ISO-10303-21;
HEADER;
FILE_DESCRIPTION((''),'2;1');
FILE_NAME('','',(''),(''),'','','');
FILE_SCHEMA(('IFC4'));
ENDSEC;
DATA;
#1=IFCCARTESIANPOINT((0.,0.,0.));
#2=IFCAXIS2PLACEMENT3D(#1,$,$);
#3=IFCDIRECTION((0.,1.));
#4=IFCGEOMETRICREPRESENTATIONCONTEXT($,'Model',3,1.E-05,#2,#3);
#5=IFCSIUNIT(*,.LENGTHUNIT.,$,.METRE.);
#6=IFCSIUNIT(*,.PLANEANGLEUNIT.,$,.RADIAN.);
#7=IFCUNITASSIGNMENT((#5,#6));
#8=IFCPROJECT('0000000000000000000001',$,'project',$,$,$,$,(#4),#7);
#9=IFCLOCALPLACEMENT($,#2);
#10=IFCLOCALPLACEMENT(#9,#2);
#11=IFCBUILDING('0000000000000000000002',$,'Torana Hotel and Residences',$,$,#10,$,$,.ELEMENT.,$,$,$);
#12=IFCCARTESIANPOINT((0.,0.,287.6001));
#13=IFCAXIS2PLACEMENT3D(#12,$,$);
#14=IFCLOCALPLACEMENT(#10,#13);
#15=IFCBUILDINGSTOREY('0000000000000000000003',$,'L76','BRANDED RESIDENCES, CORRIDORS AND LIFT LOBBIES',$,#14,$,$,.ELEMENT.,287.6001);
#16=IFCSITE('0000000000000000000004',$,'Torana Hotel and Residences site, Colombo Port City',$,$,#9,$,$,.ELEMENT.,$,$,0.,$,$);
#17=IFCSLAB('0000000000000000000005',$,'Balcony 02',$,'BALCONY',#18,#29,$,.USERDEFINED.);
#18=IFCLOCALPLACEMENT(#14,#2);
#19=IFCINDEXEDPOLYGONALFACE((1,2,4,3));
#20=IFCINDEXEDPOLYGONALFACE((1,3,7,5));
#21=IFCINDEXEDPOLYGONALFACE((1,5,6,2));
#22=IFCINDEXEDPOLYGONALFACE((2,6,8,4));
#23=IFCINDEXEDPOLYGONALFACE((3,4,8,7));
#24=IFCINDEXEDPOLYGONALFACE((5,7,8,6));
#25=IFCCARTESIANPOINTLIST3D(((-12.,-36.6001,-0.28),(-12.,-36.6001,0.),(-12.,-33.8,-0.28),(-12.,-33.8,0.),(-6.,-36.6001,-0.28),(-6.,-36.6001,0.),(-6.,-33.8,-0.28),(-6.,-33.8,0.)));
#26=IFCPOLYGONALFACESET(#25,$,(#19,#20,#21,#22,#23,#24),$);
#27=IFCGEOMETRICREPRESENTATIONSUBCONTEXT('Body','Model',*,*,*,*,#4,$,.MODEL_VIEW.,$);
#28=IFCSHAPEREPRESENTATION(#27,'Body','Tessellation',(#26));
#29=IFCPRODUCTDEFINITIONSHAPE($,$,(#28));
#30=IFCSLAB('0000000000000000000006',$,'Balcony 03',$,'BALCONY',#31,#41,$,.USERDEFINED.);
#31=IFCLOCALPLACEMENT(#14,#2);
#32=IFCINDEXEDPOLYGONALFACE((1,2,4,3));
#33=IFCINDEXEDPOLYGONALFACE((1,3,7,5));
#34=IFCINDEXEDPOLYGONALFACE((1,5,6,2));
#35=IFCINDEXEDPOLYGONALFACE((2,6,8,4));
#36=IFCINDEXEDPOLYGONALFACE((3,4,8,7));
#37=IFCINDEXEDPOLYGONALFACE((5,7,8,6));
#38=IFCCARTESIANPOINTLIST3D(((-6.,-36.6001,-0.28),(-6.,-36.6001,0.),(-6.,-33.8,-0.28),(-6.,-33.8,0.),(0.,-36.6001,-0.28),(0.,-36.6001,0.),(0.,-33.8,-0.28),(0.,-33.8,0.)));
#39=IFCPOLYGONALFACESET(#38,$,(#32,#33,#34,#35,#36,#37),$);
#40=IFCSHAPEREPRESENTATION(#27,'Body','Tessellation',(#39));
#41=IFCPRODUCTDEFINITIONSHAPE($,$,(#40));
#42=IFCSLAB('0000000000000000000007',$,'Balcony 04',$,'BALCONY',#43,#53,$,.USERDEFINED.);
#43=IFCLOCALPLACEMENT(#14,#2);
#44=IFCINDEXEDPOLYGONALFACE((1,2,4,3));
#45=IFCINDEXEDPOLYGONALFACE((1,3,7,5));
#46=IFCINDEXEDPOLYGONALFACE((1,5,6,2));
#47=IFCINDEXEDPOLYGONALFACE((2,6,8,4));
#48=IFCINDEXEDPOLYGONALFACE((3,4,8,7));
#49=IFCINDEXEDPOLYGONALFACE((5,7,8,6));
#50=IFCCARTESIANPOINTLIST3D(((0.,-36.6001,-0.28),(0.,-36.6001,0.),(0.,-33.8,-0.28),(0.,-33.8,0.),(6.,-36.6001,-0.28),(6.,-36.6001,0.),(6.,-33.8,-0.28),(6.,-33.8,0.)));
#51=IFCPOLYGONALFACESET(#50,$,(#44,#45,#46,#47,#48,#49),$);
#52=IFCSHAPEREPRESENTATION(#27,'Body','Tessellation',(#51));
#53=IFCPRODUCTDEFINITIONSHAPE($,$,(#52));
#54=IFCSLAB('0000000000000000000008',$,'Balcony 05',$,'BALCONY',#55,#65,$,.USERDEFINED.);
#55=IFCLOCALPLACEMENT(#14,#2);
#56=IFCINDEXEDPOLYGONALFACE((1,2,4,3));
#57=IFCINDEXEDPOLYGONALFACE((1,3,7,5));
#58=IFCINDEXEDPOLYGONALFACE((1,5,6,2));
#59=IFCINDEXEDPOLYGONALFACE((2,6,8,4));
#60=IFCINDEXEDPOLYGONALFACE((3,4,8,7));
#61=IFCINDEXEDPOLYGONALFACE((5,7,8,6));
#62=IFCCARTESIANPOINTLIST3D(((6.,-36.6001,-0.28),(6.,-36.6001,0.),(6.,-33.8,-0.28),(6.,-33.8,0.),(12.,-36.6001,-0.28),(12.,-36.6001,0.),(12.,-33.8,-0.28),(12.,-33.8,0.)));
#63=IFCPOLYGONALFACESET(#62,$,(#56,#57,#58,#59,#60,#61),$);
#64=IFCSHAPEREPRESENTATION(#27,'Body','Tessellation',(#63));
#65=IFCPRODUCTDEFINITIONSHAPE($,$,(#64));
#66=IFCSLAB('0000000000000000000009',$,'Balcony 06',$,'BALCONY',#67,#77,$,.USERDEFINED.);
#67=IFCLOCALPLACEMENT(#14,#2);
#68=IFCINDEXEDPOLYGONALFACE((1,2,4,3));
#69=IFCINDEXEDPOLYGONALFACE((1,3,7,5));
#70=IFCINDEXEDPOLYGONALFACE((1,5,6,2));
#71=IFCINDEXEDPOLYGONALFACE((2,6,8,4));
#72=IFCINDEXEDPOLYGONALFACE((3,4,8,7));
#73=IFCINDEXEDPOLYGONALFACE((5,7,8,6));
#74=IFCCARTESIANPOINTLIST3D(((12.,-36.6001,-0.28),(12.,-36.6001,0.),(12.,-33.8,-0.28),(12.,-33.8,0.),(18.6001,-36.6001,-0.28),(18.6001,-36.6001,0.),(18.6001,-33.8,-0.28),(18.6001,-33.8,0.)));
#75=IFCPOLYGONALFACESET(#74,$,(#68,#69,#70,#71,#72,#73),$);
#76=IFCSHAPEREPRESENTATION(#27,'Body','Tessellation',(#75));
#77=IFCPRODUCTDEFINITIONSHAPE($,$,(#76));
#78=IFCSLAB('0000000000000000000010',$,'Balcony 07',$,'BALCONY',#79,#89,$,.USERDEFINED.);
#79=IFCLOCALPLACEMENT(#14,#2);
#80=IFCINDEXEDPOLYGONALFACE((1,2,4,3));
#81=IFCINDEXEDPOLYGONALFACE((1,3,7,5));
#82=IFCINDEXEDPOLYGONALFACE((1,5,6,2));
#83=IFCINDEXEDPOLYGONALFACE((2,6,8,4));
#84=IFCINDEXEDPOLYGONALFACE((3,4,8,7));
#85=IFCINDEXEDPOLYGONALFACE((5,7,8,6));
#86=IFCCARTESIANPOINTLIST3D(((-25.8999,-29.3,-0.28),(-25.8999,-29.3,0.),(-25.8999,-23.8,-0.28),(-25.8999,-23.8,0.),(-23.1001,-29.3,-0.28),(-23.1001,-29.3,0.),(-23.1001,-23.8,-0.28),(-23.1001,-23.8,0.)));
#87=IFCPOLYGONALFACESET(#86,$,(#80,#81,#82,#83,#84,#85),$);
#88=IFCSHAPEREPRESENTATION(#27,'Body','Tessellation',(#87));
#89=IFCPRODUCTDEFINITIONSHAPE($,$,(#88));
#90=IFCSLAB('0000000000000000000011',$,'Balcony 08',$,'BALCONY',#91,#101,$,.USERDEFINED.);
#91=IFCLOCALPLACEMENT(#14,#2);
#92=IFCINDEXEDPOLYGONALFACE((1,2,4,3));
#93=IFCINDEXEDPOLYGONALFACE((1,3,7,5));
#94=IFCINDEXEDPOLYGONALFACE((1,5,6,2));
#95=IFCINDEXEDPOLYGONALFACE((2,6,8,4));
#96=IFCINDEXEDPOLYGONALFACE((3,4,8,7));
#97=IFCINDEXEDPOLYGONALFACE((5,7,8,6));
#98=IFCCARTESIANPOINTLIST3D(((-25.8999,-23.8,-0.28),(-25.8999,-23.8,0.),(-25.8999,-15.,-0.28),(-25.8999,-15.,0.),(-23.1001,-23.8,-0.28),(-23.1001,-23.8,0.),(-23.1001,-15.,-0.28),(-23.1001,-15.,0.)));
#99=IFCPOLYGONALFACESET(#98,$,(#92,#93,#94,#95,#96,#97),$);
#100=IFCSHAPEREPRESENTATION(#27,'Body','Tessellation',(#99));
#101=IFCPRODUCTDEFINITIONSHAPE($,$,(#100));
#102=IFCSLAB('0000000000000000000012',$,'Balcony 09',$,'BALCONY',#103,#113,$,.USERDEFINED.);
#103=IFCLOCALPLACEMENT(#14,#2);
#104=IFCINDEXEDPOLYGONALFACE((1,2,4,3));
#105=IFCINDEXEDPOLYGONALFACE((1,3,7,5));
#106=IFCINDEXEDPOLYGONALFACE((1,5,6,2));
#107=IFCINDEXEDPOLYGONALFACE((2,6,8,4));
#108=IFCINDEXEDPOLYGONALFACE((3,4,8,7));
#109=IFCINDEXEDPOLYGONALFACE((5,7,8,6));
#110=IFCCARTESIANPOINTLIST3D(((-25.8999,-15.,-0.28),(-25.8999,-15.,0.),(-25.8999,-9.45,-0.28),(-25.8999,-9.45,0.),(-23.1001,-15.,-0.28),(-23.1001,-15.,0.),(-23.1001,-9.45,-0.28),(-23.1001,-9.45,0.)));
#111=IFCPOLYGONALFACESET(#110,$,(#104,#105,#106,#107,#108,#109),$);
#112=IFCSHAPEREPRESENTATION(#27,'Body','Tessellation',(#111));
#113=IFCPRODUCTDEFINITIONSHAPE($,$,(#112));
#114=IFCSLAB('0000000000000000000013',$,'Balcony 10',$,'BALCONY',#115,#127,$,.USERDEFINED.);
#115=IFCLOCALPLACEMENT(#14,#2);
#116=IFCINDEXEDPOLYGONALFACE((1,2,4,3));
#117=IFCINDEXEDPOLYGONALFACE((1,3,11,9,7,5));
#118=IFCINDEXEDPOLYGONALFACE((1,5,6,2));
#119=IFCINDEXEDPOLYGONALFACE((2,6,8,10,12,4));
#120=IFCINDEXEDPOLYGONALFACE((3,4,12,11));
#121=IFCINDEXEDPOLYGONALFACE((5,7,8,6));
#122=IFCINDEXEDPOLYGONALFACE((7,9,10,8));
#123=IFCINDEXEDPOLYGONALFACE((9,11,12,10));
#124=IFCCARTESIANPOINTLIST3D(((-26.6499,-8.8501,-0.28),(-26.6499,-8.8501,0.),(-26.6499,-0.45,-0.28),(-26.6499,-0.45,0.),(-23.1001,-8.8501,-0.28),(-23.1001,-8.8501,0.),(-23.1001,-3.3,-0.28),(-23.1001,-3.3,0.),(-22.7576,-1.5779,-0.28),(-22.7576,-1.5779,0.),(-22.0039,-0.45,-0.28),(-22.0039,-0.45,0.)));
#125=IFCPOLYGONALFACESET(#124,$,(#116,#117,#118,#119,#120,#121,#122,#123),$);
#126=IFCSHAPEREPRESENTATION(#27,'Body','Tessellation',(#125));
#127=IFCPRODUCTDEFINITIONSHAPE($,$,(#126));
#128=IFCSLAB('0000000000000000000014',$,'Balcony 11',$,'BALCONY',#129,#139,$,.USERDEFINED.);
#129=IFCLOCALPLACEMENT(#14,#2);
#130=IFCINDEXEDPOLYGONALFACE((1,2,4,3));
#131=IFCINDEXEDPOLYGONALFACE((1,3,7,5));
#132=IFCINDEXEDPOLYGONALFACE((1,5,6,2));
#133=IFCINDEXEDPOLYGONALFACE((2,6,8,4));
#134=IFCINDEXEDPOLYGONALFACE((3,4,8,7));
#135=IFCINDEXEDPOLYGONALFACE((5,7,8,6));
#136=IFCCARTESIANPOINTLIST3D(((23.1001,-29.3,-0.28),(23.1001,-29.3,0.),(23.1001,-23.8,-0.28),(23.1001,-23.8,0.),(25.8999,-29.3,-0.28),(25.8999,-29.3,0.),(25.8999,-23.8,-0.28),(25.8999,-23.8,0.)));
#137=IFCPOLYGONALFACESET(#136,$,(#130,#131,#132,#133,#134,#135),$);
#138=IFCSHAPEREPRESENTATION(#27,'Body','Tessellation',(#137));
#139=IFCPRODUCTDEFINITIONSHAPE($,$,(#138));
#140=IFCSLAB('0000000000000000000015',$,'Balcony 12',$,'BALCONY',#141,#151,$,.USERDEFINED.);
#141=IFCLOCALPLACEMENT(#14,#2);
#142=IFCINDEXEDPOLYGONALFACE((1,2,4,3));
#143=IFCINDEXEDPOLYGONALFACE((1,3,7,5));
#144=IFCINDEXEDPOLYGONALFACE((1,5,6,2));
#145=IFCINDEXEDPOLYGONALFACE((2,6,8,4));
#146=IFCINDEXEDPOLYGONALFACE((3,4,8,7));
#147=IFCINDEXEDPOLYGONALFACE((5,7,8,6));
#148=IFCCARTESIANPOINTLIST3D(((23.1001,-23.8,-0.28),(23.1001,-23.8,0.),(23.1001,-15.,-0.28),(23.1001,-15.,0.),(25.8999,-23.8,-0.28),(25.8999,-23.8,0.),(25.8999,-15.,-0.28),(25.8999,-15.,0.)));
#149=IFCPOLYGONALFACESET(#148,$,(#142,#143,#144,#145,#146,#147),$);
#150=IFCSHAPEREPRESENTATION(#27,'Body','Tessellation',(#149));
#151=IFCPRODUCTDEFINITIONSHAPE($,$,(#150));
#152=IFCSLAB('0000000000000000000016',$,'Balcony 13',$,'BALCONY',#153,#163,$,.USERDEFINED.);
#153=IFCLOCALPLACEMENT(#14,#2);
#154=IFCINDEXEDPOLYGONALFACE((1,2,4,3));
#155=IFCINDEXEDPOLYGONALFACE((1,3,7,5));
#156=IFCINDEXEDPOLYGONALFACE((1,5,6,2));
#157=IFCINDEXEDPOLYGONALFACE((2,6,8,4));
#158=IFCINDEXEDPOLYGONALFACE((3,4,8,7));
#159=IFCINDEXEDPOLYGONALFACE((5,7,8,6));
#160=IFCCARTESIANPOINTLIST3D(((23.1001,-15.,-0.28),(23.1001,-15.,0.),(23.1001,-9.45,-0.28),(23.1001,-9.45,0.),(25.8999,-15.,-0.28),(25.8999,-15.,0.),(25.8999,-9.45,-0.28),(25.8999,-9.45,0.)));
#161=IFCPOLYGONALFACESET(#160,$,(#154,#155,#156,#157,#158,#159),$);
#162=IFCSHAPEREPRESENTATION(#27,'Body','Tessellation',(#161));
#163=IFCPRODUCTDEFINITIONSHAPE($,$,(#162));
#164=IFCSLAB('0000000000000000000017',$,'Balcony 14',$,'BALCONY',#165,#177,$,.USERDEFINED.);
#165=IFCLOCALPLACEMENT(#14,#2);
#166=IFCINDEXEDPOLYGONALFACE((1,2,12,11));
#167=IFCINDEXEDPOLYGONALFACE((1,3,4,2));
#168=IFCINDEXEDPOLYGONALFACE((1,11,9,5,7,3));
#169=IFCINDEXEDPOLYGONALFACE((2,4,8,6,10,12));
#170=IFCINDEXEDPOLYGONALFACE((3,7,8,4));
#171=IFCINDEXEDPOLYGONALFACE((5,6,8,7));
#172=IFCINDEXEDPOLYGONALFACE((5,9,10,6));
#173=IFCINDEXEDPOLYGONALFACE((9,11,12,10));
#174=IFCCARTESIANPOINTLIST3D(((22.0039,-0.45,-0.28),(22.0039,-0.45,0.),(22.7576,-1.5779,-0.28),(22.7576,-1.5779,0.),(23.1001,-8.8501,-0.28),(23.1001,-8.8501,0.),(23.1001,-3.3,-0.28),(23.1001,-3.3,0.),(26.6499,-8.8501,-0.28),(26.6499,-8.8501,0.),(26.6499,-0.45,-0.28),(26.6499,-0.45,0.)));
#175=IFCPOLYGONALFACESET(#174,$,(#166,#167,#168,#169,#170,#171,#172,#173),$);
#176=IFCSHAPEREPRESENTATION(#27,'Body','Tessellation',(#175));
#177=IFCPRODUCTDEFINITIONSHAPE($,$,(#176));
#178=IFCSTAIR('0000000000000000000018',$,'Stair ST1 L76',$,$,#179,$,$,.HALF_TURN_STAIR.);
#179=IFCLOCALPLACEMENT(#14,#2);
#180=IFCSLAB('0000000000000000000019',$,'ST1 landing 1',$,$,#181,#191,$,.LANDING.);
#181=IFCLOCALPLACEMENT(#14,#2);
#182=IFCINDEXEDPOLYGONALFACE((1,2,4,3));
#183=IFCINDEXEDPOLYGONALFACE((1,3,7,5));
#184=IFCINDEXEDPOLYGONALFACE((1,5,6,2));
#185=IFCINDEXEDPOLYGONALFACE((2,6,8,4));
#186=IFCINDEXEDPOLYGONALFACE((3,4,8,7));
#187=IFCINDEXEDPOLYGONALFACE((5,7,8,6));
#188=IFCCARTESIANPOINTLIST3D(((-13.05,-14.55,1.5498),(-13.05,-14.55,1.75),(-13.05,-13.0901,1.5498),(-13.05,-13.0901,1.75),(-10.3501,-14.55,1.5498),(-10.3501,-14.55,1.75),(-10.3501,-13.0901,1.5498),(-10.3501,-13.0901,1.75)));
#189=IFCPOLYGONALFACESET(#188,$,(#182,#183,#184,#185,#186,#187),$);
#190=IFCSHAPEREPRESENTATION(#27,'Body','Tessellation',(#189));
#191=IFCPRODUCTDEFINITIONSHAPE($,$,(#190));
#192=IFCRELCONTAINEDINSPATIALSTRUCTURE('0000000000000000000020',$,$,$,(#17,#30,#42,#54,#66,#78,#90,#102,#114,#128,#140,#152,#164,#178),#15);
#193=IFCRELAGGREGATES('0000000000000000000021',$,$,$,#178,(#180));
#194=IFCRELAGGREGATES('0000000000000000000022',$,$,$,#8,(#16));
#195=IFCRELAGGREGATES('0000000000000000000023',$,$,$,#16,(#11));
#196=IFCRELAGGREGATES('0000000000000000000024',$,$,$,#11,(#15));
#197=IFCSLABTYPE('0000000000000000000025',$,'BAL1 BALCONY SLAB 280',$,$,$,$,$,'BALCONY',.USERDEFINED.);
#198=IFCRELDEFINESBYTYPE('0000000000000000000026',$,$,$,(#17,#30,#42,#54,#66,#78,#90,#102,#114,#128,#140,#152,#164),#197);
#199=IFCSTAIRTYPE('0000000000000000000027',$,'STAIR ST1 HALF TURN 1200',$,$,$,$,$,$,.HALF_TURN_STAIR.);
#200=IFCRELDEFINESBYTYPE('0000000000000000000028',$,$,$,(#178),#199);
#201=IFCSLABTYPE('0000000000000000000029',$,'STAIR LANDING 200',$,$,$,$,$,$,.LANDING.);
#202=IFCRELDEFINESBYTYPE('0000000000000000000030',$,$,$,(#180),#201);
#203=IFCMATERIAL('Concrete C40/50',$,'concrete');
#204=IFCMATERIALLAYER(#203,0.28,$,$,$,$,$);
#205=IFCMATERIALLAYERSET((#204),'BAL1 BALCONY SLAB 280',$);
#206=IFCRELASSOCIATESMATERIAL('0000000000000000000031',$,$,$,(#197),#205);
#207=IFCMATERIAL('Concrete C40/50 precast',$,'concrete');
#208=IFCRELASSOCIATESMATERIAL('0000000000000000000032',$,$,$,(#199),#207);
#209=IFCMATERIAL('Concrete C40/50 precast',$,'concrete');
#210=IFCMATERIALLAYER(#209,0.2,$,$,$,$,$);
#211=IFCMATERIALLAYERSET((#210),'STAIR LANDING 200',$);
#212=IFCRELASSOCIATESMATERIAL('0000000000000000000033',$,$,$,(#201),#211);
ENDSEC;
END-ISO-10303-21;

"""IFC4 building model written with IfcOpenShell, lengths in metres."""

from ifc_helpers import new_model, si_unit, direction, frame, origin, place, context, subcontext, project, spatial, polyline, outline, extrude, material, layer, layer_set, type_object, element, aggregate, save


model = new_model("IFC4")

# Units and contexts
model_context = context("Model", 3, precision=1e-05, world=origin(), true_north=direction((0.0, 1.0)))
body_context = subcontext(model_context, "Body", "Model", "MODEL_VIEW")
ifc_project = project(units=[si_unit("LENGTHUNIT", "METRE"), si_unit("PLANEANGLEUNIT", "RADIAN")], contexts=[model_context])

# Site, building, storey
site_placement = place(None, origin())
site = spatial("IfcSite", under=ifc_project, at=site_placement, Name="Torana Hotel and Residences site, Colombo Port City", CompositionType="ELEMENT", RefElevation=0.0)
building_placement = place(site_placement, origin())
building = spatial("IfcBuilding", under=site, at=building_placement, Name="Torana Hotel and Residences", CompositionType="ELEMENT")
storey_placement = place(building_placement, frame((0.0, 0.0, 287.6001)))
storey = spatial("IfcBuildingStorey", under=building, at=storey_placement, Name="L76", Description="BRANDED RESIDENCES, CORRIDORS AND LIFT LOBBIES", CompositionType="ELEMENT", Elevation=287.6001)

# Slabs
ifc_material_1 = material(Name="Concrete C40/50", Category="concrete")
ifc_layer_1 = layer(ifc_material_1, 0.28)
ifc_layer_set_1 = layer_set([ifc_layer_1], Name="BAL1 BALCONY SLAB 280")
slab_type_1 = type_object("IfcSlabType", Name="BAL1 BALCONY SLAB 280", ElementType="BALCONY", PredefinedType="USERDEFINED", material=ifc_layer_set_1)
slab_1_placement = place(storey_placement, frame((0.0, 0.0, -0.28)))
element("IfcSlab", 1, at=slab_1_placement, inside=storey, type_object=slab_type_1, Name="Balcony 02", ObjectType="BALCONY", PredefinedType="USERDEFINED", context=body_context, shape_type="SweptSolid", body=[
    extrude(outline(polyline([(-12.0, -36.6001), (-6.0, -36.6001), (-6.0, -33.8), (-12.0, -33.8), (-12.0, -36.6001)])), origin(), (0.0, 0.0, 1.0), 0.28),
])
slab_2_placement = place(storey_placement, frame((0.0, 0.0, -0.28)))
element("IfcSlab", 2, at=slab_2_placement, inside=storey, type_object=slab_type_1, Name="Balcony 03", ObjectType="BALCONY", PredefinedType="USERDEFINED", context=body_context, shape_type="SweptSolid", body=[
    extrude(outline(polyline([(-6.0, -36.6001), (0.0, -36.6001), (0.0, -33.8), (-6.0, -33.8), (-6.0, -36.6001)])), origin(), (0.0, 0.0, 1.0), 0.28),
])
slab_3_placement = place(storey_placement, frame((0.0, 0.0, -0.28)))
element("IfcSlab", 3, at=slab_3_placement, inside=storey, type_object=slab_type_1, Name="Balcony 04", ObjectType="BALCONY", PredefinedType="USERDEFINED", context=body_context, shape_type="SweptSolid", body=[
    extrude(outline(polyline([(0.0, -36.6001), (6.0, -36.6001), (6.0, -33.8), (0.0, -33.8), (0.0, -36.6001)])), origin(), (0.0, 0.0, 1.0), 0.28),
])
slab_4_placement = place(storey_placement, frame((0.0, 0.0, -0.28)))
element("IfcSlab", 4, at=slab_4_placement, inside=storey, type_object=slab_type_1, Name="Balcony 05", ObjectType="BALCONY", PredefinedType="USERDEFINED", context=body_context, shape_type="SweptSolid", body=[
    extrude(outline(polyline([(6.0, -36.6001), (12.0, -36.6001), (12.0, -33.8), (6.0, -33.8), (6.0, -36.6001)])), origin(), (0.0, 0.0, 1.0), 0.28),
])
slab_5_placement = place(storey_placement, frame((0.0, 0.0, -0.28)))
element("IfcSlab", 5, at=slab_5_placement, inside=storey, type_object=slab_type_1, Name="Balcony 06", ObjectType="BALCONY", PredefinedType="USERDEFINED", context=body_context, shape_type="SweptSolid", body=[
    extrude(outline(polyline([(12.0, -36.6001), (18.6001, -36.6001), (18.6001, -33.8), (12.0, -33.8), (12.0, -36.6001)])), origin(), (0.0, 0.0, 1.0), 0.28),
])
slab_6_placement = place(storey_placement, frame((0.0, 0.0, -0.28)))
element("IfcSlab", 6, at=slab_6_placement, inside=storey, type_object=slab_type_1, Name="Balcony 07", ObjectType="BALCONY", PredefinedType="USERDEFINED", context=body_context, shape_type="SweptSolid", body=[
    extrude(outline(polyline([(-25.8999, -29.3), (-23.1001, -29.3), (-23.1001, -23.8), (-25.8999, -23.8), (-25.8999, -29.3)])), origin(), (0.0, 0.0, 1.0), 0.28),
])
slab_7_placement = place(storey_placement, frame((0.0, 0.0, -0.28)))
element("IfcSlab", 7, at=slab_7_placement, inside=storey, type_object=slab_type_1, Name="Balcony 08", ObjectType="BALCONY", PredefinedType="USERDEFINED", context=body_context, shape_type="SweptSolid", body=[
    extrude(outline(polyline([(-25.8999, -23.8), (-23.1001, -23.8), (-23.1001, -15.0), (-25.8999, -15.0), (-25.8999, -23.8)])), origin(), (0.0, 0.0, 1.0), 0.28),
])
slab_8_placement = place(storey_placement, frame((0.0, 0.0, -0.28)))
element("IfcSlab", 8, at=slab_8_placement, inside=storey, type_object=slab_type_1, Name="Balcony 09", ObjectType="BALCONY", PredefinedType="USERDEFINED", context=body_context, shape_type="SweptSolid", body=[
    extrude(outline(polyline([(-25.8999, -15.0), (-23.1001, -15.0), (-23.1001, -9.45), (-25.8999, -9.45), (-25.8999, -15.0)])), origin(), (0.0, 0.0, 1.0), 0.28),
])
slab_9_placement = place(storey_placement, frame((0.0, 0.0, -0.28)))
element("IfcSlab", 9, at=slab_9_placement, inside=storey, type_object=slab_type_1, Name="Balcony 10", ObjectType="BALCONY", PredefinedType="USERDEFINED", context=body_context, shape_type="SweptSolid", body=[
    extrude(outline(polyline([(-26.6499, -8.8501), (-23.1001, -8.8501), (-23.1001, -3.3), (-22.7576, -1.5779), (-22.0039, -0.45), (-26.6499, -0.45), (-26.6499, -8.8501)])), origin(), (0.0, 0.0, 1.0), 0.28),
])
slab_10_placement = place(storey_placement, frame((0.0, 0.0, -0.28)))
element("IfcSlab", 10, at=slab_10_placement, inside=storey, type_object=slab_type_1, Name="Balcony 11", ObjectType="BALCONY", PredefinedType="USERDEFINED", context=body_context, shape_type="SweptSolid", body=[
    extrude(outline(polyline([(23.1001, -29.3), (25.8999, -29.3), (25.8999, -23.8), (23.1001, -23.8), (23.1001, -29.3)])), origin(), (0.0, 0.0, 1.0), 0.28),
])
slab_11_placement = place(storey_placement, frame((0.0, 0.0, -0.28)))
element("IfcSlab", 11, at=slab_11_placement, inside=storey, type_object=slab_type_1, Name="Balcony 12", ObjectType="BALCONY", PredefinedType="USERDEFINED", context=body_context, shape_type="SweptSolid", body=[
    extrude(outline(polyline([(23.1001, -23.8), (25.8999, -23.8), (25.8999, -15.0), (23.1001, -15.0), (23.1001, -23.8)])), origin(), (0.0, 0.0, 1.0), 0.28),
])
slab_12_placement = place(storey_placement, frame((0.0, 0.0, -0.28)))
element("IfcSlab", 12, at=slab_12_placement, inside=storey, type_object=slab_type_1, Name="Balcony 13", ObjectType="BALCONY", PredefinedType="USERDEFINED", context=body_context, shape_type="SweptSolid", body=[
    extrude(outline(polyline([(23.1001, -15.0), (25.8999, -15.0), (25.8999, -9.45), (23.1001, -9.45), (23.1001, -15.0)])), origin(), (0.0, 0.0, 1.0), 0.28),
])
slab_13_placement = place(storey_placement, frame((0.0, 0.0, -0.28)))
element("IfcSlab", 13, at=slab_13_placement, inside=storey, type_object=slab_type_1, Name="Balcony 14", ObjectType="BALCONY", PredefinedType="USERDEFINED", context=body_context, shape_type="SweptSolid", body=[
    extrude(outline(polyline([(23.1001, -8.8501), (26.6499, -8.8501), (26.6499, -0.45), (22.0039, -0.45), (22.7576, -1.5779), (23.1001, -3.3), (23.1001, -8.8501)])), origin(), (0.0, 0.0, 1.0), 0.28),
])

# Stair, slab
ifc_material_2 = material(Name="Concrete C40/50 precast", Category="concrete")
stair_type_1 = type_object("IfcStairType", Name="STAIR ST1 HALF TURN 1200", PredefinedType="HALF_TURN_STAIR", material=ifc_material_2)
stair_1_placement = place(storey_placement, origin())
stair_1 = element("IfcStair", 14, at=stair_1_placement, inside=storey, type_object=stair_type_1, Name="Stair ST1 L76", PredefinedType="HALF_TURN_STAIR")
ifc_material_3 = material(Name="Concrete C40/50 precast", Category="concrete")
ifc_layer_2 = layer(ifc_material_3, 0.2)
ifc_layer_set_2 = layer_set([ifc_layer_2], Name="STAIR LANDING 200")
slab_type_2 = type_object("IfcSlabType", Name="STAIR LANDING 200", PredefinedType="LANDING", material=ifc_layer_set_2)
slab_14_placement = place(storey_placement, frame((0.0, 0.0, 1.5498)))
slab_14 = element("IfcSlab", 15, at=slab_14_placement, type_object=slab_type_2, Name="ST1 landing 1", PredefinedType="LANDING", context=body_context, shape_type="SweptSolid", body=[
    extrude(outline(polyline([(-13.05, -14.55), (-10.3501, -14.55), (-10.3501, -13.0901), (-13.05, -13.0901), (-13.05, -14.55)])), origin(), (0.0, 0.0, 1.0), 0.2002),
])
aggregate(stair_1, [slab_14])

save(model, "model.ifc")
